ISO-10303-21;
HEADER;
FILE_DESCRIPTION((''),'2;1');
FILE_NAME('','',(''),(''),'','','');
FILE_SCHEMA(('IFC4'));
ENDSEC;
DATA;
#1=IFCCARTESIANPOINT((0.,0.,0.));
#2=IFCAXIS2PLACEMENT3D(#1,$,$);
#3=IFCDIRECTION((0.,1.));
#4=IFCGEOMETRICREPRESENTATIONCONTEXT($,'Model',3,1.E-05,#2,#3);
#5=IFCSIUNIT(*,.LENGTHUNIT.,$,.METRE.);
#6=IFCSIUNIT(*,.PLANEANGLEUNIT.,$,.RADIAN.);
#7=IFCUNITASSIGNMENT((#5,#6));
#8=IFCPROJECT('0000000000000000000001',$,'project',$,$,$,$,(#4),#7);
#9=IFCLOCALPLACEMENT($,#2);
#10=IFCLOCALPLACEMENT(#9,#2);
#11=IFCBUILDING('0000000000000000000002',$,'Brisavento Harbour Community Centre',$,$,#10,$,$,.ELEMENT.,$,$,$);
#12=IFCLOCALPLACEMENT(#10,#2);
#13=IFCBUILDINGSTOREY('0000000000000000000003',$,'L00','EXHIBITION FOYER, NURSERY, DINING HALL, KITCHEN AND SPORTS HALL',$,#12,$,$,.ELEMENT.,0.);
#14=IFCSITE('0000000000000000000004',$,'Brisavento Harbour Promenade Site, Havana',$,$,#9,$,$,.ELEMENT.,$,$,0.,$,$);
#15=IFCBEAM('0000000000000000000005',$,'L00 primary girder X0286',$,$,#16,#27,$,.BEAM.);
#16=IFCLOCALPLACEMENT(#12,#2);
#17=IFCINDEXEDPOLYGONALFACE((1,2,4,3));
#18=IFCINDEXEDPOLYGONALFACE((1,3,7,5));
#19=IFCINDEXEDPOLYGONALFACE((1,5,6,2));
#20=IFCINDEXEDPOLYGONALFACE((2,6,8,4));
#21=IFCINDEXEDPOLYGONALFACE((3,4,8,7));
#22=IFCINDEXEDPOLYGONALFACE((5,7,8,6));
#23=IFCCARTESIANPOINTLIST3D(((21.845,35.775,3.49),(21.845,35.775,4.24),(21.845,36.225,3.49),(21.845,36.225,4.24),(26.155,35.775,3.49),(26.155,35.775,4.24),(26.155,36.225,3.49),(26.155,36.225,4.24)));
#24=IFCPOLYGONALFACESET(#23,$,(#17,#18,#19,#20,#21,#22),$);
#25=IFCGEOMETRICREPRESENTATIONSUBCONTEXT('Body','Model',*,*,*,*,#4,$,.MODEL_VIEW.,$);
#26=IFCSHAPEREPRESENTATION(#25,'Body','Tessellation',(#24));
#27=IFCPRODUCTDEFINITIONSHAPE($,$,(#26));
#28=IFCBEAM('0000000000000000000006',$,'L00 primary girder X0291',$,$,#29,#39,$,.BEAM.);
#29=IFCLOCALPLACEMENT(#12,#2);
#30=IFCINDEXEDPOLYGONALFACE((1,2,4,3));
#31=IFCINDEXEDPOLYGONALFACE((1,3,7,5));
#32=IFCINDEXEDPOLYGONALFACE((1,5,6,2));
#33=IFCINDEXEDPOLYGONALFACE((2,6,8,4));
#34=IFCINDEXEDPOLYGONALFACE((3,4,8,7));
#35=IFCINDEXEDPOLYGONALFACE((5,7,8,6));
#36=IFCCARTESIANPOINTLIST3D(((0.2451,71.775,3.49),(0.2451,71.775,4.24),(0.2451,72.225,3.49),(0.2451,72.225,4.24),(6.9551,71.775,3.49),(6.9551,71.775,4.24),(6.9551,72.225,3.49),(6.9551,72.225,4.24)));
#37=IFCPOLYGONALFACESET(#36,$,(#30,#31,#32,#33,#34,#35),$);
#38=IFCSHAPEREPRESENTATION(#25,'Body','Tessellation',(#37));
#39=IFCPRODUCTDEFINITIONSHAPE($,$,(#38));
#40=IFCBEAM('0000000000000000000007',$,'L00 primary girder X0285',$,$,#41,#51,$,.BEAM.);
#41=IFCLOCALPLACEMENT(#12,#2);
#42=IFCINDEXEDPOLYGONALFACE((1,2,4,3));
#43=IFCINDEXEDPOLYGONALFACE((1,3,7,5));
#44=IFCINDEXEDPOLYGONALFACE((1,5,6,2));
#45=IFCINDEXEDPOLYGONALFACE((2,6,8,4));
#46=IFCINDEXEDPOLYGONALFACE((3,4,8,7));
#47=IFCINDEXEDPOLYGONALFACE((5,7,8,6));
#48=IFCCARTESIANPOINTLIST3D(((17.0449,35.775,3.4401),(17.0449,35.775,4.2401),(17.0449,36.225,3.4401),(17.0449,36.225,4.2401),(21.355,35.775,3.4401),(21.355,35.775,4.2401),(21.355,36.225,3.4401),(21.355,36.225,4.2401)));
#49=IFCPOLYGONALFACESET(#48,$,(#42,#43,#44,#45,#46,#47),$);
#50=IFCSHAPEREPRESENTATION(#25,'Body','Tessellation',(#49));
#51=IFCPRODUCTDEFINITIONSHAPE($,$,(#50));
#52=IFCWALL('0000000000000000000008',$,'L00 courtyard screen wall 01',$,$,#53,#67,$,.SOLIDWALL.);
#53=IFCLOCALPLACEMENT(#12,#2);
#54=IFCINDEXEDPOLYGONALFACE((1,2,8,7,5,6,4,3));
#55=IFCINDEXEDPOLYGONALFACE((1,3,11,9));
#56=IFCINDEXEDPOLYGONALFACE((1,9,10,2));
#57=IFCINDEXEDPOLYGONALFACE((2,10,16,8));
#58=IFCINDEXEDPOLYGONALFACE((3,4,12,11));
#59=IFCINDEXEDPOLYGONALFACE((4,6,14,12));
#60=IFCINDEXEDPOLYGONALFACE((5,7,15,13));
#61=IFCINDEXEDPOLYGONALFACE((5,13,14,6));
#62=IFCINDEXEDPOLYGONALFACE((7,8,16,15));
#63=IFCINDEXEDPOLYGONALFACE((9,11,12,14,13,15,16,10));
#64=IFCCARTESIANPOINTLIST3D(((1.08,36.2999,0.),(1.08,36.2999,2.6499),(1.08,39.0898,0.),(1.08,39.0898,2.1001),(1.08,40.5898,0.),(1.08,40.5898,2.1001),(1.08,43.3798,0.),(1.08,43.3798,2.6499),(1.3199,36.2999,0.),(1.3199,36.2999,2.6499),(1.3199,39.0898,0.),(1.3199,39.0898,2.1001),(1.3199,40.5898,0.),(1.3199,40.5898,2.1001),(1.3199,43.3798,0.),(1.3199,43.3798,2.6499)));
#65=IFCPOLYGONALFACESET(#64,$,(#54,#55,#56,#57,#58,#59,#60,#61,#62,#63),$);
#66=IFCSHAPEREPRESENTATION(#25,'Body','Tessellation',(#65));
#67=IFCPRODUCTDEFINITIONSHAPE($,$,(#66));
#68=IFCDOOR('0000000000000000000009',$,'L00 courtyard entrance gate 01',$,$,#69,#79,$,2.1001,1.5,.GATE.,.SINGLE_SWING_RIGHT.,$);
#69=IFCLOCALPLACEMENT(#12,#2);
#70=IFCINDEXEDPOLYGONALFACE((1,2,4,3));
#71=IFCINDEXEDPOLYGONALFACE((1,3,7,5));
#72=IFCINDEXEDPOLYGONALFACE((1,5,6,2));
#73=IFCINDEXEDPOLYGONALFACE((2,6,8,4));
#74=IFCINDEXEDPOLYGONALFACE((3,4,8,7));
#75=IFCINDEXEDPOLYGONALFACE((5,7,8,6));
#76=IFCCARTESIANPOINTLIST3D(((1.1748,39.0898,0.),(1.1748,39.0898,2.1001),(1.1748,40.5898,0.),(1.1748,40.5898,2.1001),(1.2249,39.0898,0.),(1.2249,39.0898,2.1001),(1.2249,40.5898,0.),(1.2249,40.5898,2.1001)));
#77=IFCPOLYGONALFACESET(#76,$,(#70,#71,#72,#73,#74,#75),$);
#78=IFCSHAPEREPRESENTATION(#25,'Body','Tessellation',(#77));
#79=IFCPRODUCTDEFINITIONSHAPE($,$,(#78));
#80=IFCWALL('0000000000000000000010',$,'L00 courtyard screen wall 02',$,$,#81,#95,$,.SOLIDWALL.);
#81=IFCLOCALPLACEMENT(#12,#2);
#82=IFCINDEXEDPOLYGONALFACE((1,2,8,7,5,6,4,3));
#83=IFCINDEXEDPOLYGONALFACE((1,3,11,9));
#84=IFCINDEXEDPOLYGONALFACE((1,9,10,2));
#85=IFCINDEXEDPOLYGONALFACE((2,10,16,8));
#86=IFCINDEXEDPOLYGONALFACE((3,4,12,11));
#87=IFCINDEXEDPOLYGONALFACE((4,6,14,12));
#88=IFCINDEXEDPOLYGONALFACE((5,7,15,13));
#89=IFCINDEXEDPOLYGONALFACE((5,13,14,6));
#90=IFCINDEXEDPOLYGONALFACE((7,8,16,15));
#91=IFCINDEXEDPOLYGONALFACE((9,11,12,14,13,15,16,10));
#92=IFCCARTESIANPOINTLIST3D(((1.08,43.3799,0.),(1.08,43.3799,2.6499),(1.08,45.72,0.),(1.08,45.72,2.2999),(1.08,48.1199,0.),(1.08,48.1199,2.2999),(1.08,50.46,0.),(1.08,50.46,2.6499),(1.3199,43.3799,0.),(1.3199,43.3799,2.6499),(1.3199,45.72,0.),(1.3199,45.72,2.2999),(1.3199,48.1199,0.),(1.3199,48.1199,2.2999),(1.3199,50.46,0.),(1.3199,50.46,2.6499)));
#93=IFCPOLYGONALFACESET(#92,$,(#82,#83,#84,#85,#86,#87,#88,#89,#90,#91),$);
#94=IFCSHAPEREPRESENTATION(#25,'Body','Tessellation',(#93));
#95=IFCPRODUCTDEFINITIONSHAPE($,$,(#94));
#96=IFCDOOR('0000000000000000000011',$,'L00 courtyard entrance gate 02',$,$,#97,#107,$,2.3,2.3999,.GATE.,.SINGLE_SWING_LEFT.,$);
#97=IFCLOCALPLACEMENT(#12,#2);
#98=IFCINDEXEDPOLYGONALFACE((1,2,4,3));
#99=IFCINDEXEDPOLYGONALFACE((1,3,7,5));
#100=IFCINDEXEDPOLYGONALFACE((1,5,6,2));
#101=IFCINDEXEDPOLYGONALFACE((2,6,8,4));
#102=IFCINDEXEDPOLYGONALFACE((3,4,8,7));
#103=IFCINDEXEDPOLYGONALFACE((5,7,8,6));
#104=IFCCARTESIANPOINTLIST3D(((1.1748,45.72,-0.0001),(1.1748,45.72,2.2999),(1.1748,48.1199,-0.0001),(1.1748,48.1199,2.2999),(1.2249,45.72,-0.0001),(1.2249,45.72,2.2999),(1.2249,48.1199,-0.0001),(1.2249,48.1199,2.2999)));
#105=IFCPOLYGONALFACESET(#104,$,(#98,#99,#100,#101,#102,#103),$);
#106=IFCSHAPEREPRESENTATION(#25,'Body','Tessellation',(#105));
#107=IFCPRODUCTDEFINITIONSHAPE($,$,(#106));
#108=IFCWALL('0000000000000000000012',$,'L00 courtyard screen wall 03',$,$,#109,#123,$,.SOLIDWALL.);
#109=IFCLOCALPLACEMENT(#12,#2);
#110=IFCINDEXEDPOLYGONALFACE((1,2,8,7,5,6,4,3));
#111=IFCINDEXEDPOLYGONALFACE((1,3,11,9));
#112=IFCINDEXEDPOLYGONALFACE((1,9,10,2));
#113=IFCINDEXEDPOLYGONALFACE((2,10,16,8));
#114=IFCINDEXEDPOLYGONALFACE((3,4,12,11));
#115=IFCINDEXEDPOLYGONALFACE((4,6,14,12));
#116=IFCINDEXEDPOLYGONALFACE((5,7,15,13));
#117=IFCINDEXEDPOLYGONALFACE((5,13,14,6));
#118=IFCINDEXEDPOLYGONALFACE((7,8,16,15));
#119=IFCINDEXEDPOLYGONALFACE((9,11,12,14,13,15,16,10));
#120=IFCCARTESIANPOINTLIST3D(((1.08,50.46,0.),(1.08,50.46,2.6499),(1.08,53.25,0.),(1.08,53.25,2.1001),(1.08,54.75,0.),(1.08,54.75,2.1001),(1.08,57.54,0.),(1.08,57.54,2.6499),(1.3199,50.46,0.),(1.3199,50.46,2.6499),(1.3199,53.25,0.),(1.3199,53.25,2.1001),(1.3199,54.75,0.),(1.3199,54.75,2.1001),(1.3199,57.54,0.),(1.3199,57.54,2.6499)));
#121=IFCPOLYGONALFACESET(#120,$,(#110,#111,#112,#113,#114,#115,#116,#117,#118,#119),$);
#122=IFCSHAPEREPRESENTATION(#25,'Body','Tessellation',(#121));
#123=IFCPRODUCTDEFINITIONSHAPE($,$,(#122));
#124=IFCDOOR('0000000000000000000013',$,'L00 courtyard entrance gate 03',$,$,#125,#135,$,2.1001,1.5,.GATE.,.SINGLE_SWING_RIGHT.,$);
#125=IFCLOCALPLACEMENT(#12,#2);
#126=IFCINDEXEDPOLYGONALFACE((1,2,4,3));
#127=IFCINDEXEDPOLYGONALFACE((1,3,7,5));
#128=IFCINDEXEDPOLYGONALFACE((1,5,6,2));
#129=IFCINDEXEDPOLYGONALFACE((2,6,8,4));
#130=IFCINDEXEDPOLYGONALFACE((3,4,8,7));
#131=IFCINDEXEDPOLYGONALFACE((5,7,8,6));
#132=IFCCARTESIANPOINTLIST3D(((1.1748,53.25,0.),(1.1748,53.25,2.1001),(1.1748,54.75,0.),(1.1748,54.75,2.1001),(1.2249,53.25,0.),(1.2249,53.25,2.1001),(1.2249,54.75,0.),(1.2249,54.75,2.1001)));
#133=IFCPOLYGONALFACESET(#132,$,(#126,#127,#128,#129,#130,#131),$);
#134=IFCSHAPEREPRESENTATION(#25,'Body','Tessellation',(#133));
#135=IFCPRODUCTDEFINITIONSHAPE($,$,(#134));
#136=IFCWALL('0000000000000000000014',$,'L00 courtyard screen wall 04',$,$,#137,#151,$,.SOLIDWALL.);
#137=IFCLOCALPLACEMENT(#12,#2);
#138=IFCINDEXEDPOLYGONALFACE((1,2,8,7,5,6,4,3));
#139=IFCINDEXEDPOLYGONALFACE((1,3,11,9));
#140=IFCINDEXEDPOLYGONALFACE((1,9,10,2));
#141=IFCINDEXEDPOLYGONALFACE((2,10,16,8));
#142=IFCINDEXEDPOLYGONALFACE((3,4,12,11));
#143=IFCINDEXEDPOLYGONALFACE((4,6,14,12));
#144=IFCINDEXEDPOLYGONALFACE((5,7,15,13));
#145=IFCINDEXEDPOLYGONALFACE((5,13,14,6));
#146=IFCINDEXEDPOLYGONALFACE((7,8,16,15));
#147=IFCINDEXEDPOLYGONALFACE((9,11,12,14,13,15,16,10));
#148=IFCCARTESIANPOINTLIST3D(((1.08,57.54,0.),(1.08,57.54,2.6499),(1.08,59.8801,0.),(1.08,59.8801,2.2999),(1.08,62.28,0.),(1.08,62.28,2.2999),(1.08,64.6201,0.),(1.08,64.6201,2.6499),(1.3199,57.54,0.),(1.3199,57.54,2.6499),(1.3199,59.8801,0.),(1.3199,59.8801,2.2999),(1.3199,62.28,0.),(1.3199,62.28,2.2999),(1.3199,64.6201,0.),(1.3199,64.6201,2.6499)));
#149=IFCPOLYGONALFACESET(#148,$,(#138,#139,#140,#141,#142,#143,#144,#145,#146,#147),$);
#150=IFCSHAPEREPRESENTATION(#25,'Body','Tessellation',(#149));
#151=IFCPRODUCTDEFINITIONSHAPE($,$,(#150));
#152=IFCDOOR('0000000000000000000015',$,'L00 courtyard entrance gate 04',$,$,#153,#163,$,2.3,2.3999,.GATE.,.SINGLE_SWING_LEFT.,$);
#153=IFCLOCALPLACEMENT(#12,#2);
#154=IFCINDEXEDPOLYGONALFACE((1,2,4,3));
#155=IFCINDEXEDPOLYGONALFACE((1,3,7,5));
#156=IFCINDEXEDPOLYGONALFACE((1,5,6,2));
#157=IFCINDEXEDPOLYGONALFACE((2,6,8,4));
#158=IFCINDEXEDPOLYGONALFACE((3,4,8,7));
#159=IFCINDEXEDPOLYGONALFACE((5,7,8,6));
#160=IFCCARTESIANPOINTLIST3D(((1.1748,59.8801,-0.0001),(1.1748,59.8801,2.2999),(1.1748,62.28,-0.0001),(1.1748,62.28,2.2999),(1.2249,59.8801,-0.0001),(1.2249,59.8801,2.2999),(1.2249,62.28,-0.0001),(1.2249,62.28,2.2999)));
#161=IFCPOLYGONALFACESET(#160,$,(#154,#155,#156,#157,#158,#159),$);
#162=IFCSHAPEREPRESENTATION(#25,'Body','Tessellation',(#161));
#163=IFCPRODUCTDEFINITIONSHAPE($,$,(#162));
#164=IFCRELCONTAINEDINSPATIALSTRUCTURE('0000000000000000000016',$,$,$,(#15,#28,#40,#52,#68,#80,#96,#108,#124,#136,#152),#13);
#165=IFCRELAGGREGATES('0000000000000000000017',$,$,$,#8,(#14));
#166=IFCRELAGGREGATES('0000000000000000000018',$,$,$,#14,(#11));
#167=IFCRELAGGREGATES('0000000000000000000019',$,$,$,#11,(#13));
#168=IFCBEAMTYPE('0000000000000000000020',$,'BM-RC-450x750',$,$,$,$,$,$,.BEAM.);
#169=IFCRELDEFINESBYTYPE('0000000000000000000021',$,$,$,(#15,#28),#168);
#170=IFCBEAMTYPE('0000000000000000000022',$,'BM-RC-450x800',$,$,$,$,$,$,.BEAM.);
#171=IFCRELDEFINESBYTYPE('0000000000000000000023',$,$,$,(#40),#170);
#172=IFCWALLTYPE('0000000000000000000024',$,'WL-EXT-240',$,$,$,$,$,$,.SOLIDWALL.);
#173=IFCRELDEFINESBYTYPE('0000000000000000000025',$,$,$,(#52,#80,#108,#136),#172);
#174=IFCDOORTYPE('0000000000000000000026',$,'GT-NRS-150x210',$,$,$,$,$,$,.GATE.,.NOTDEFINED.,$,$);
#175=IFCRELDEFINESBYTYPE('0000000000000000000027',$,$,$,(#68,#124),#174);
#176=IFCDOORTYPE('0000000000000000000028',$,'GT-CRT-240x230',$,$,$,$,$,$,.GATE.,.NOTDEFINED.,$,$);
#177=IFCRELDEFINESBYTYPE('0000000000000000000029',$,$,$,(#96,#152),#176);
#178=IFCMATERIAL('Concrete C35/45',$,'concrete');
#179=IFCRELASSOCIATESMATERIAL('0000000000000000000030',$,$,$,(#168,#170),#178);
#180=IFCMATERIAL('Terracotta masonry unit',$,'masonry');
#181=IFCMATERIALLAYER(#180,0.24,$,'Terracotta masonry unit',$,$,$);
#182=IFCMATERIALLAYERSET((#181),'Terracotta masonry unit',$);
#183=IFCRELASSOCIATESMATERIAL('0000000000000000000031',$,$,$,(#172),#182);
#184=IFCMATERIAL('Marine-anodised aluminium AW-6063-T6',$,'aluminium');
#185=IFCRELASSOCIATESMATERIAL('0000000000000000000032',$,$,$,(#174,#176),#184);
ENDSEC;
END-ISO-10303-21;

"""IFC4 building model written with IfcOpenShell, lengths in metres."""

from ifc_helpers import new_model, si_unit, direction, frame, frame_2d, origin, origin_2d, place, context, subcontext, project, spatial, rectangle, extrude, material, layer, layer_set, material_profile, profile_set, type_object, element, fill, save


model = new_model("IFC4")

# Units and contexts
model_context = context("Model", 3, precision=1e-05, world=origin(), true_north=direction((0.0, 1.0)))
body_context = subcontext(model_context, "Body", "Model", "MODEL_VIEW")
ifc_project = project(units=[si_unit("LENGTHUNIT", "METRE"), si_unit("PLANEANGLEUNIT", "RADIAN")], contexts=[model_context])

# Site, building, storey
site_placement = place(None, origin())
site = spatial("IfcSite", under=ifc_project, at=site_placement, Name="Brisavento Harbour Promenade Site, Havana", CompositionType="ELEMENT", RefElevation=0.0)
building_placement = place(site_placement, origin())
building = spatial("IfcBuilding", under=site, at=building_placement, Name="Brisavento Harbour Community Centre", CompositionType="ELEMENT")
storey_placement = place(building_placement, origin())
storey = spatial("IfcBuildingStorey", under=building, at=storey_placement, Name="L00", Description="EXHIBITION FOYER, NURSERY, DINING HALL, KITCHEN AND SPORTS HALL", CompositionType="ELEMENT", Elevation=0.0)

# Shared definitions
ifc_material_1 = material(Name="Concrete C35/45", Category="concrete")

# Beams
ifc_material_profile_1 = material_profile(ifc_material_1, rectangle(XDim=0.45, YDim=0.75, at=origin_2d()), Name="Concrete C35/45")
ifc_profile_set_1 = profile_set([ifc_material_profile_1], Name="Concrete C35/45")
beam_type_1 = type_object("IfcBeamType", Name="BM-RC-450x750", PredefinedType="BEAM", material=ifc_profile_set_1)
beam_1_placement = place(storey_placement, frame((21.845, 36.0, 3.865), z_axis=(1.0, 0.0, 0.0), x_axis=(0.0, 1.0, 0.0)))
element("IfcBeam", 1, at=beam_1_placement, inside=storey, type_object=beam_type_1, Name="L00 primary girder X0286", PredefinedType="BEAM", context=body_context, shape_type="SweptSolid", body=[
    extrude(rectangle(XDim=0.45, YDim=0.75, at=origin_2d()), origin(), (0.0, 0.0, 1.0), 4.3101),
])
beam_2_placement = place(storey_placement, frame((0.2451, 72.0, 3.865), z_axis=(1.0, 0.0, 0.0), x_axis=(0.0, 1.0, 0.0)))
element("IfcBeam", 2, at=beam_2_placement, inside=storey, type_object=beam_type_1, Name="L00 primary girder X0291", PredefinedType="BEAM", context=body_context, shape_type="SweptSolid", body=[
    extrude(rectangle(XDim=0.45, YDim=0.75, at=origin_2d()), origin(), (0.0, 0.0, 1.0), 6.71),
])
ifc_material_profile_2 = material_profile(ifc_material_1, rectangle(XDim=0.45, YDim=0.8, at=origin_2d()), Name="Concrete C35/45")
ifc_profile_set_2 = profile_set([ifc_material_profile_2], Name="Concrete C35/45")
beam_type_2 = type_object("IfcBeamType", Name="BM-RC-450x800", PredefinedType="BEAM", material=ifc_profile_set_2)
beam_3_placement = place(storey_placement, frame((17.0449, 36.0, 3.8401), z_axis=(1.0, 0.0, 0.0), x_axis=(0.0, 1.0, 0.0)))
element("IfcBeam", 3, at=beam_3_placement, inside=storey, type_object=beam_type_2, Name="L00 primary girder X0285", PredefinedType="BEAM", context=body_context, shape_type="SweptSolid", body=[
    extrude(rectangle(XDim=0.45, YDim=0.8, at=origin_2d()), origin(), (0.0, 0.0, 1.0), 4.3101),
])

# Walls, openings, doors
ifc_material_2 = material(Name="Terracotta masonry unit", Category="masonry")
ifc_layer_1 = layer(ifc_material_2, 0.24, Name="Terracotta masonry unit")
ifc_layer_set_1 = layer_set([ifc_layer_1], Name="Terracotta masonry unit")
wall_type = type_object("IfcWallType", Name="WL-EXT-240", PredefinedType="SOLIDWALL", material=ifc_layer_set_1)
wall_1_placement = place(storey_placement, frame((1.2, 43.3799, 0.0), z_axis=(0.0, 0.0, 1.0), x_axis=(0.0, -1.0, 0.0)))
wall_1 = element("IfcWall", 4, at=wall_1_placement, inside=storey, type_object=wall_type, Name="L00 courtyard screen wall 01", PredefinedType="SOLIDWALL", context=body_context, shape_type="SweptSolid", body=[
    extrude(rectangle(XDim=7.0798, YDim=0.24, at=frame_2d((3.54, 0.0))), origin(), (0.0, 0.0, 1.0), 2.6499),
])
opening_1_placement = place(wall_1_placement, frame((2.79, 0.0, 0.0)))
opening_1 = element("IfcOpeningElement", 5, at=opening_1_placement, cuts=wall_1, PredefinedType="OPENING", context=body_context, shape_type="SweptSolid", body=[
    extrude(rectangle(XDim=1.5, YDim=2.1001, at=frame_2d((0.75, 1.05))), frame((0.0, 0.1299, 0.0), z_axis=(0.0, -1.0, 0.0), x_axis=(1.0, 0.0, 0.0)), (0.0, 0.0, 1.0), 0.26),
])
ifc_material_3 = material(Name="Marine-anodised aluminium AW-6063-T6", Category="aluminium")
door_type_1 = type_object("IfcDoorType", Name="GT-NRS-150x210", OperationType="NOTDEFINED", PredefinedType="GATE", material=ifc_material_3)
door_1_placement = place(opening_1_placement, origin())
door_1 = element("IfcDoor", 6, at=door_1_placement, inside=storey, type_object=door_type_1, Name="L00 courtyard entrance gate 01", OperationType="SINGLE_SWING_RIGHT", OverallHeight=2.1001, OverallWidth=1.5, PredefinedType="GATE", context=body_context, shape_type="SweptSolid", body=[
    extrude(rectangle(XDim=1.5, YDim=2.1001, at=frame_2d((0.75, 1.05))), frame((0.0, 0.0249, 0.0), z_axis=(0.0, -1.0, 0.0), x_axis=(1.0, 0.0, 0.0)), (0.0, 0.0, 1.0), 0.05),
])
fill(opening_1, door_1)
wall_2_placement = place(storey_placement, frame((1.2, 50.46, 0.0), z_axis=(0.0, 0.0, 1.0), x_axis=(0.0, -1.0, 0.0)))
wall_2 = element("IfcWall", 7, at=wall_2_placement, inside=storey, type_object=wall_type, Name="L00 courtyard screen wall 02", PredefinedType="SOLIDWALL", context=body_context, shape_type="SweptSolid", body=[
    extrude(rectangle(XDim=7.0801, YDim=0.24, at=frame_2d((3.54, 0.0))), origin(), (0.0, 0.0, 1.0), 2.6499),
])
opening_2_placement = place(wall_2_placement, frame((2.3401, 0.0, 0.0)))
opening_2 = element("IfcOpeningElement", 8, at=opening_2_placement, cuts=wall_2, PredefinedType="OPENING", context=body_context, shape_type="SweptSolid", body=[
    extrude(rectangle(XDim=2.3999, YDim=2.3, at=frame_2d((1.2, 1.1499))), frame((0.0, 0.1299, 0.0), z_axis=(0.0, -1.0, 0.0), x_axis=(1.0, 0.0, 0.0)), (0.0, 0.0, 1.0), 0.26),
])
door_type_2 = type_object("IfcDoorType", Name="GT-CRT-240x230", OperationType="NOTDEFINED", PredefinedType="GATE", material=ifc_material_3)
door_2_placement = place(opening_2_placement, origin())
door_2 = element("IfcDoor", 9, at=door_2_placement, inside=storey, type_object=door_type_2, Name="L00 courtyard entrance gate 02", OperationType="SINGLE_SWING_LEFT", OverallHeight=2.3, OverallWidth=2.3999, PredefinedType="GATE", context=body_context, shape_type="SweptSolid", body=[
    extrude(rectangle(XDim=2.3999, YDim=2.3, at=frame_2d((1.2, 1.1499))), frame((0.0, 0.0249, 0.0), z_axis=(0.0, -1.0, 0.0), x_axis=(1.0, 0.0, 0.0)), (0.0, 0.0, 1.0), 0.05),
])
fill(opening_2, door_2)
wall_3_placement = place(storey_placement, frame((1.2, 57.54, 0.0), z_axis=(0.0, 0.0, 1.0), x_axis=(0.0, -1.0, 0.0)))
wall_3 = element("IfcWall", 10, at=wall_3_placement, inside=storey, type_object=wall_type, Name="L00 courtyard screen wall 03", PredefinedType="SOLIDWALL", context=body_context, shape_type="SweptSolid", body=[
    extrude(rectangle(XDim=7.0801, YDim=0.24, at=frame_2d((3.54, 0.0))), origin(), (0.0, 0.0, 1.0), 2.6499),
])
opening_3_placement = place(wall_3_placement, frame((2.79, 0.0, 0.0)))
opening_3 = element("IfcOpeningElement", 11, at=opening_3_placement, cuts=wall_3, PredefinedType="OPENING", context=body_context, shape_type="SweptSolid", body=[
    extrude(rectangle(XDim=1.5, YDim=2.1001, at=frame_2d((0.75, 1.05))), frame((0.0, 0.1299, 0.0), z_axis=(0.0, -1.0, 0.0), x_axis=(1.0, 0.0, 0.0)), (0.0, 0.0, 1.0), 0.26),
])
door_3_placement = place(opening_3_placement, origin())
door_3 = element("IfcDoor", 12, at=door_3_placement, inside=storey, type_object=door_type_1, Name="L00 courtyard entrance gate 03", OperationType="SINGLE_SWING_RIGHT", OverallHeight=2.1001, OverallWidth=1.5, PredefinedType="GATE", context=body_context, shape_type="SweptSolid", body=[
    extrude(rectangle(XDim=1.5, YDim=2.1001, at=frame_2d((0.75, 1.05))), frame((0.0, 0.0249, 0.0), z_axis=(0.0, -1.0, 0.0), x_axis=(1.0, 0.0, 0.0)), (0.0, 0.0, 1.0), 0.05),
])
fill(opening_3, door_3)
wall_4_placement = place(storey_placement, frame((1.2, 64.6201, 0.0), z_axis=(0.0, 0.0, 1.0), x_axis=(0.0, -1.0, 0.0)))
wall_4 = element("IfcWall", 13, at=wall_4_placement, inside=storey, type_object=wall_type, Name="L00 courtyard screen wall 04", PredefinedType="SOLIDWALL", context=body_context, shape_type="SweptSolid", body=[
    extrude(rectangle(XDim=7.0801, YDim=0.24, at=frame_2d((3.54, 0.0))), origin(), (0.0, 0.0, 1.0), 2.6499),
])
opening_4_placement = place(wall_4_placement, frame((2.3401, 0.0, 0.0)))
opening_4 = element("IfcOpeningElement", 14, at=opening_4_placement, cuts=wall_4, PredefinedType="OPENING", context=body_context, shape_type="SweptSolid", body=[
    extrude(rectangle(XDim=2.3999, YDim=2.3, at=frame_2d((1.2, 1.1499))), frame((0.0, 0.1299, 0.0), z_axis=(0.0, -1.0, 0.0), x_axis=(1.0, 0.0, 0.0)), (0.0, 0.0, 1.0), 0.26),
])
door_4_placement = place(opening_4_placement, origin())
door_4 = element("IfcDoor", 15, at=door_4_placement, inside=storey, type_object=door_type_2, Name="L00 courtyard entrance gate 04", OperationType="SINGLE_SWING_LEFT", OverallHeight=2.3, OverallWidth=2.3999, PredefinedType="GATE", context=body_context, shape_type="SweptSolid", body=[
    extrude(rectangle(XDim=2.3999, YDim=2.3, at=frame_2d((1.2, 1.1499))), frame((0.0, 0.0249, 0.0), z_axis=(0.0, -1.0, 0.0), x_axis=(1.0, 0.0, 0.0)), (0.0, 0.0, 1.0), 0.05),
])
fill(opening_4, door_4)

save(model, "model.ifc")
